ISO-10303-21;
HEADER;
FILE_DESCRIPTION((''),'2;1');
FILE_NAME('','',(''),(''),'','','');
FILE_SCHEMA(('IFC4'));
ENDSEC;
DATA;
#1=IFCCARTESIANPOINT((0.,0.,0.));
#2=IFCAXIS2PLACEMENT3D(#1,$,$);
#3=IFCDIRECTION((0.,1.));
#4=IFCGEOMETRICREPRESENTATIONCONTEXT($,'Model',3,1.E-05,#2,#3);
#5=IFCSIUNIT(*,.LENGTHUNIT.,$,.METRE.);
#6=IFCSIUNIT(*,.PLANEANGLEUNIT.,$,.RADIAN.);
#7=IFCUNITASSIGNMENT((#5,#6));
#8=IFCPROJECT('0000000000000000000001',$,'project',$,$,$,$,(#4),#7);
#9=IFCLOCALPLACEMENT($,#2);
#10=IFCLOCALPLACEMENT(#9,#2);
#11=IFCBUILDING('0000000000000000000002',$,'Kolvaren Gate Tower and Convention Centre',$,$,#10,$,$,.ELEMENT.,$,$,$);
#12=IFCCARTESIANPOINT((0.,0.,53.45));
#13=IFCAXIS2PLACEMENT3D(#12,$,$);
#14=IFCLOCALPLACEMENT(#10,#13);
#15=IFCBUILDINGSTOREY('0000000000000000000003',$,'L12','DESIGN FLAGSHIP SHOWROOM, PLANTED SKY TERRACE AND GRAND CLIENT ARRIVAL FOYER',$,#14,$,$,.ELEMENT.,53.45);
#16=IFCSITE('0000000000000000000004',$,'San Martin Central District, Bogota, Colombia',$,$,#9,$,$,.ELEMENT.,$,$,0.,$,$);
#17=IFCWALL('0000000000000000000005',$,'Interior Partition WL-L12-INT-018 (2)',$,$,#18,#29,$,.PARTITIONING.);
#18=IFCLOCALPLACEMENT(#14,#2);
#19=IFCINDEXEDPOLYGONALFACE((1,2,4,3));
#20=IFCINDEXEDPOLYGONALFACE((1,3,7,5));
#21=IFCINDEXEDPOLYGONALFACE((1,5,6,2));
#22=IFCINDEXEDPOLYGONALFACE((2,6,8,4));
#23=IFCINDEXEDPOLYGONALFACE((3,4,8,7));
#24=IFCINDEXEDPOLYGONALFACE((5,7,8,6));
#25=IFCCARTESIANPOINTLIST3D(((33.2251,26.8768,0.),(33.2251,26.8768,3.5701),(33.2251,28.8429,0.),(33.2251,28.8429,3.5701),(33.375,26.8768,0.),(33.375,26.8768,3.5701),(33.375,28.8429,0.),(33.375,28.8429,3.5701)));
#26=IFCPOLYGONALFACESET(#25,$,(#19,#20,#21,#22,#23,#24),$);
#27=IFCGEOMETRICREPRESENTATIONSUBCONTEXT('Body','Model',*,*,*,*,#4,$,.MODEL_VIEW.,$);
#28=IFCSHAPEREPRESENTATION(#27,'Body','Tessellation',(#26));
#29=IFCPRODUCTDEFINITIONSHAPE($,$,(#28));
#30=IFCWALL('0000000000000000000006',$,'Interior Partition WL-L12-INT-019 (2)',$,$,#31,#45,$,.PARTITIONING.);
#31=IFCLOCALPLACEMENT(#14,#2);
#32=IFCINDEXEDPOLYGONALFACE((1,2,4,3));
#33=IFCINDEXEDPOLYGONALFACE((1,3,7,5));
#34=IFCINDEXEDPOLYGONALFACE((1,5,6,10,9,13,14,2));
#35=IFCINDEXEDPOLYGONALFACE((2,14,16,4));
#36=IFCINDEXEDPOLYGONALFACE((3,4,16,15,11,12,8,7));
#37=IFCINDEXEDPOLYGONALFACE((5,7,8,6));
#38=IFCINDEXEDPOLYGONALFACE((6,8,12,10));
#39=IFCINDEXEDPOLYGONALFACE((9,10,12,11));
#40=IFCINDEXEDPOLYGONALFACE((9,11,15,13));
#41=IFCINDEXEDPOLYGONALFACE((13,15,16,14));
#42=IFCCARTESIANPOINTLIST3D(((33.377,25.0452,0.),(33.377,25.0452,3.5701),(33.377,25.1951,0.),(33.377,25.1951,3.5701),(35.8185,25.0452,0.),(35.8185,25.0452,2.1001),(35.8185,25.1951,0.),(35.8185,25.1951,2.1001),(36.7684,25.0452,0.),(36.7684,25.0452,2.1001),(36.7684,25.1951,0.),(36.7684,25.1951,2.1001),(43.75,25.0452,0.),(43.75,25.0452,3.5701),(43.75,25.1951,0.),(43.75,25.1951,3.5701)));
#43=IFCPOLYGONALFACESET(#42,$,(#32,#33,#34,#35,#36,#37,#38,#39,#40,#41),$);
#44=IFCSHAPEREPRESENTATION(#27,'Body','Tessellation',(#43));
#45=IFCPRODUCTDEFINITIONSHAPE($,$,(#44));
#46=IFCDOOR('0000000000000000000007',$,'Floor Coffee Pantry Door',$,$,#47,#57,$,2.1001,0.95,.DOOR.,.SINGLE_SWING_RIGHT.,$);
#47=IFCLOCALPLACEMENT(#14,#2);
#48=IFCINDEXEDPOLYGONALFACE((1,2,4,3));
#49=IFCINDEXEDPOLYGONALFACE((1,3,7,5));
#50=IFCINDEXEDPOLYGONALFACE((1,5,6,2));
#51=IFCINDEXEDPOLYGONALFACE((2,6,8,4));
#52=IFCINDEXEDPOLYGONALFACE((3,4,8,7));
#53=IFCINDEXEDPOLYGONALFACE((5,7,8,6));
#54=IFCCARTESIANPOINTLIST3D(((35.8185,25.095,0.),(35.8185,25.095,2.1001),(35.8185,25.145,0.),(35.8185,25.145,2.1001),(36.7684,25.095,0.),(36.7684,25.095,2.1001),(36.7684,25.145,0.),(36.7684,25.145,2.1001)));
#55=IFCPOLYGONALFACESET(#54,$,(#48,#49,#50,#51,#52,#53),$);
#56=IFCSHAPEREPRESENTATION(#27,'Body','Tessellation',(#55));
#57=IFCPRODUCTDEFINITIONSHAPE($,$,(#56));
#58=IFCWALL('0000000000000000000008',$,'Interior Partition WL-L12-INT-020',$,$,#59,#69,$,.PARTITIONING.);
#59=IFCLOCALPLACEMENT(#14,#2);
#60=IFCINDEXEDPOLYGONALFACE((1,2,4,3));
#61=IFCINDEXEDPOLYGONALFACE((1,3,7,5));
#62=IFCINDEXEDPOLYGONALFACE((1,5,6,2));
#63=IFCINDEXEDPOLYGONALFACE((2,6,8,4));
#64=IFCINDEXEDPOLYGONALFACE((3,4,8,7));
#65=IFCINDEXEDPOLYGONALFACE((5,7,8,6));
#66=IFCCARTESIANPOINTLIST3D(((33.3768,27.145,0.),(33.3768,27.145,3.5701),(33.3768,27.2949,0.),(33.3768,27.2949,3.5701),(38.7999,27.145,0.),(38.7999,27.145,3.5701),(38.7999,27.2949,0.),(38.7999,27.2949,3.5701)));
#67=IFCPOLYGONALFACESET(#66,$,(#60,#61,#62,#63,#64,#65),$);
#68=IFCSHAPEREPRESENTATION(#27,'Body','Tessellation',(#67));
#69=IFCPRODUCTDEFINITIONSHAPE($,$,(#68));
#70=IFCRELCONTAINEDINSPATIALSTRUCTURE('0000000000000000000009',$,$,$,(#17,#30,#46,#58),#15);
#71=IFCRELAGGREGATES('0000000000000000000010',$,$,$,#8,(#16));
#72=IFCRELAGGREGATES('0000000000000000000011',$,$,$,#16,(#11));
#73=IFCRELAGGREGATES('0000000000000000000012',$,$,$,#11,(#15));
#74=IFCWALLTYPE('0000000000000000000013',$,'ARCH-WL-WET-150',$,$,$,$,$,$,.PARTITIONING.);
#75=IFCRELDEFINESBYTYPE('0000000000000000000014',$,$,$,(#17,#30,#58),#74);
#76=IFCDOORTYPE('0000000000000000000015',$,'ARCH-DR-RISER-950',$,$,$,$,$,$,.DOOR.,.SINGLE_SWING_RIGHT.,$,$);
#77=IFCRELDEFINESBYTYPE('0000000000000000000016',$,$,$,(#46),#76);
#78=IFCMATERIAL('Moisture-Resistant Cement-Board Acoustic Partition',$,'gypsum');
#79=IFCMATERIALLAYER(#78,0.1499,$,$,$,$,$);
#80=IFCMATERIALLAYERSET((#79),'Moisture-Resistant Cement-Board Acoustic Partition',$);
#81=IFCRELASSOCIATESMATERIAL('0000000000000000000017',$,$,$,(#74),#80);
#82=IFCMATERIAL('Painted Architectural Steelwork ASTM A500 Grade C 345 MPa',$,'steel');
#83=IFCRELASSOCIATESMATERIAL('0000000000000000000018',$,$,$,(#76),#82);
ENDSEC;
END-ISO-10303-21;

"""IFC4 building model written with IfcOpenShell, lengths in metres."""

from ifc_helpers import new_model, si_unit, direction, frame, frame_2d, origin, place, context, subcontext, project, spatial, rectangle, extrude, material, layer, layer_set, type_object, element, fill, save


model = new_model("IFC4")

# Units and contexts
model_context = context("Model", 3, precision=1e-05, world=origin(), true_north=direction((0.0, 1.0)))
body_context = subcontext(model_context, "Body", "Model", "MODEL_VIEW")
ifc_project = project(units=[si_unit("LENGTHUNIT", "METRE"), si_unit("PLANEANGLEUNIT", "RADIAN")], contexts=[model_context])

# Site, building, storey
site_placement = place(None, origin())
site = spatial("IfcSite", under=ifc_project, at=site_placement, Name="San Martin Central District, Bogota, Colombia", CompositionType="ELEMENT", RefElevation=0.0)
building_placement = place(site_placement, origin())
building = spatial("IfcBuilding", under=site, at=building_placement, Name="Kolvaren Gate Tower and Convention Centre", CompositionType="ELEMENT")
storey_placement = place(building_placement, frame((0.0, 0.0, 53.45)))
storey = spatial("IfcBuildingStorey", under=building, at=storey_placement, Name="L12", Description="DESIGN FLAGSHIP SHOWROOM, PLANTED SKY TERRACE AND GRAND CLIENT ARRIVAL FOYER", CompositionType="ELEMENT", Elevation=53.45)

# Wall
ifc_material_1 = material(Name="Moisture-Resistant Cement-Board Acoustic Partition", Category="gypsum")
ifc_layer_1 = layer(ifc_material_1, 0.1499)
ifc_layer_set_1 = layer_set([ifc_layer_1], Name="Moisture-Resistant Cement-Board Acoustic Partition")
wall_type_1 = type_object("IfcWallType", Name="ARCH-WL-WET-150", PredefinedType="PARTITIONING", material=ifc_layer_set_1)
wall_1_placement = place(storey_placement, frame((33.3, 26.877, 0.0), z_axis=(0.0, 0.0, 1.0), x_axis=(0.0, 1.0, 0.0)))
element("IfcWall", 1, at=wall_1_placement, inside=storey, type_object=wall_type_1, Name="Interior Partition WL-L12-INT-018 (2)", PredefinedType="PARTITIONING", context=body_context, shape_type="SweptSolid", body=[
    extrude(rectangle(XDim=1.9661, YDim=0.1499, at=frame_2d((0.9829, 0.0))), origin(), (0.0, 0.0, 1.0), 3.5701),
])

# Wall, opening, door
wall_2_placement = place(storey_placement, frame((33.377, 25.1201, 0.0), z_axis=(0.0, 0.0, 1.0), x_axis=(1.0, 0.0, 0.0)))
wall_2 = element("IfcWall", 2, at=wall_2_placement, inside=storey, type_object=wall_type_1, Name="Interior Partition WL-L12-INT-019 (2)", PredefinedType="PARTITIONING", context=body_context, shape_type="SweptSolid", body=[
    extrude(rectangle(XDim=10.373, YDim=0.1499, at=frame_2d((5.1865, 0.0))), origin(), (0.0, 0.0, 1.0), 3.5701),
])
opening_1_placement = place(wall_2_placement, frame((2.4414, 0.0, 0.0)))
opening_1 = element("IfcOpeningElement", 3, at=opening_1_placement, cuts=wall_2, PredefinedType="OPENING", context=body_context, shape_type="SweptSolid", body=[
    extrude(rectangle(XDim=0.95, YDim=2.1001, at=frame_2d((0.4751, 1.05))), frame((0.0, 0.085, 0.0), z_axis=(0.0, -1.0, 0.0), x_axis=(1.0, 0.0, 0.0)), (0.0, 0.0, 1.0), 0.1699),
])
ifc_material_2 = material(Name="Painted Architectural Steelwork ASTM A500 Grade C 345 MPa", Category="steel")
door_type_1 = type_object("IfcDoorType", Name="ARCH-DR-RISER-950", OperationType="SINGLE_SWING_RIGHT", PredefinedType="DOOR", material=ifc_material_2)
door_1_placement = place(opening_1_placement, origin())
door_1 = element("IfcDoor", 4, at=door_1_placement, inside=storey, type_object=door_type_1, Name="Floor Coffee Pantry Door", OperationType="SINGLE_SWING_RIGHT", OverallHeight=2.1001, OverallWidth=0.95, PredefinedType="DOOR", context=body_context, shape_type="SweptSolid", body=[
    extrude(rectangle(XDim=0.95, YDim=2.1001, at=frame_2d((0.4751, 1.05))), frame((0.0, 0.0249, 0.0), z_axis=(0.0, -1.0, 0.0), x_axis=(1.0, 0.0, 0.0)), (0.0, 0.0, 1.0), 0.05),
])
fill(opening_1, door_1)

# Wall
wall_3_placement = place(storey_placement, frame((33.377, 27.22, 0.0), z_axis=(0.0, 0.0, 1.0), x_axis=(1.0, 0.0, 0.0)))
element("IfcWall", 5, at=wall_3_placement, inside=storey, type_object=wall_type_1, Name="Interior Partition WL-L12-INT-020", PredefinedType="PARTITIONING", context=body_context, shape_type="SweptSolid", body=[
    extrude(rectangle(XDim=5.4231, YDim=0.1499, at=frame_2d((2.7114, 0.0))), origin(), (0.0, 0.0, 1.0), 3.5701),
])

save(model, "model.ifc")
